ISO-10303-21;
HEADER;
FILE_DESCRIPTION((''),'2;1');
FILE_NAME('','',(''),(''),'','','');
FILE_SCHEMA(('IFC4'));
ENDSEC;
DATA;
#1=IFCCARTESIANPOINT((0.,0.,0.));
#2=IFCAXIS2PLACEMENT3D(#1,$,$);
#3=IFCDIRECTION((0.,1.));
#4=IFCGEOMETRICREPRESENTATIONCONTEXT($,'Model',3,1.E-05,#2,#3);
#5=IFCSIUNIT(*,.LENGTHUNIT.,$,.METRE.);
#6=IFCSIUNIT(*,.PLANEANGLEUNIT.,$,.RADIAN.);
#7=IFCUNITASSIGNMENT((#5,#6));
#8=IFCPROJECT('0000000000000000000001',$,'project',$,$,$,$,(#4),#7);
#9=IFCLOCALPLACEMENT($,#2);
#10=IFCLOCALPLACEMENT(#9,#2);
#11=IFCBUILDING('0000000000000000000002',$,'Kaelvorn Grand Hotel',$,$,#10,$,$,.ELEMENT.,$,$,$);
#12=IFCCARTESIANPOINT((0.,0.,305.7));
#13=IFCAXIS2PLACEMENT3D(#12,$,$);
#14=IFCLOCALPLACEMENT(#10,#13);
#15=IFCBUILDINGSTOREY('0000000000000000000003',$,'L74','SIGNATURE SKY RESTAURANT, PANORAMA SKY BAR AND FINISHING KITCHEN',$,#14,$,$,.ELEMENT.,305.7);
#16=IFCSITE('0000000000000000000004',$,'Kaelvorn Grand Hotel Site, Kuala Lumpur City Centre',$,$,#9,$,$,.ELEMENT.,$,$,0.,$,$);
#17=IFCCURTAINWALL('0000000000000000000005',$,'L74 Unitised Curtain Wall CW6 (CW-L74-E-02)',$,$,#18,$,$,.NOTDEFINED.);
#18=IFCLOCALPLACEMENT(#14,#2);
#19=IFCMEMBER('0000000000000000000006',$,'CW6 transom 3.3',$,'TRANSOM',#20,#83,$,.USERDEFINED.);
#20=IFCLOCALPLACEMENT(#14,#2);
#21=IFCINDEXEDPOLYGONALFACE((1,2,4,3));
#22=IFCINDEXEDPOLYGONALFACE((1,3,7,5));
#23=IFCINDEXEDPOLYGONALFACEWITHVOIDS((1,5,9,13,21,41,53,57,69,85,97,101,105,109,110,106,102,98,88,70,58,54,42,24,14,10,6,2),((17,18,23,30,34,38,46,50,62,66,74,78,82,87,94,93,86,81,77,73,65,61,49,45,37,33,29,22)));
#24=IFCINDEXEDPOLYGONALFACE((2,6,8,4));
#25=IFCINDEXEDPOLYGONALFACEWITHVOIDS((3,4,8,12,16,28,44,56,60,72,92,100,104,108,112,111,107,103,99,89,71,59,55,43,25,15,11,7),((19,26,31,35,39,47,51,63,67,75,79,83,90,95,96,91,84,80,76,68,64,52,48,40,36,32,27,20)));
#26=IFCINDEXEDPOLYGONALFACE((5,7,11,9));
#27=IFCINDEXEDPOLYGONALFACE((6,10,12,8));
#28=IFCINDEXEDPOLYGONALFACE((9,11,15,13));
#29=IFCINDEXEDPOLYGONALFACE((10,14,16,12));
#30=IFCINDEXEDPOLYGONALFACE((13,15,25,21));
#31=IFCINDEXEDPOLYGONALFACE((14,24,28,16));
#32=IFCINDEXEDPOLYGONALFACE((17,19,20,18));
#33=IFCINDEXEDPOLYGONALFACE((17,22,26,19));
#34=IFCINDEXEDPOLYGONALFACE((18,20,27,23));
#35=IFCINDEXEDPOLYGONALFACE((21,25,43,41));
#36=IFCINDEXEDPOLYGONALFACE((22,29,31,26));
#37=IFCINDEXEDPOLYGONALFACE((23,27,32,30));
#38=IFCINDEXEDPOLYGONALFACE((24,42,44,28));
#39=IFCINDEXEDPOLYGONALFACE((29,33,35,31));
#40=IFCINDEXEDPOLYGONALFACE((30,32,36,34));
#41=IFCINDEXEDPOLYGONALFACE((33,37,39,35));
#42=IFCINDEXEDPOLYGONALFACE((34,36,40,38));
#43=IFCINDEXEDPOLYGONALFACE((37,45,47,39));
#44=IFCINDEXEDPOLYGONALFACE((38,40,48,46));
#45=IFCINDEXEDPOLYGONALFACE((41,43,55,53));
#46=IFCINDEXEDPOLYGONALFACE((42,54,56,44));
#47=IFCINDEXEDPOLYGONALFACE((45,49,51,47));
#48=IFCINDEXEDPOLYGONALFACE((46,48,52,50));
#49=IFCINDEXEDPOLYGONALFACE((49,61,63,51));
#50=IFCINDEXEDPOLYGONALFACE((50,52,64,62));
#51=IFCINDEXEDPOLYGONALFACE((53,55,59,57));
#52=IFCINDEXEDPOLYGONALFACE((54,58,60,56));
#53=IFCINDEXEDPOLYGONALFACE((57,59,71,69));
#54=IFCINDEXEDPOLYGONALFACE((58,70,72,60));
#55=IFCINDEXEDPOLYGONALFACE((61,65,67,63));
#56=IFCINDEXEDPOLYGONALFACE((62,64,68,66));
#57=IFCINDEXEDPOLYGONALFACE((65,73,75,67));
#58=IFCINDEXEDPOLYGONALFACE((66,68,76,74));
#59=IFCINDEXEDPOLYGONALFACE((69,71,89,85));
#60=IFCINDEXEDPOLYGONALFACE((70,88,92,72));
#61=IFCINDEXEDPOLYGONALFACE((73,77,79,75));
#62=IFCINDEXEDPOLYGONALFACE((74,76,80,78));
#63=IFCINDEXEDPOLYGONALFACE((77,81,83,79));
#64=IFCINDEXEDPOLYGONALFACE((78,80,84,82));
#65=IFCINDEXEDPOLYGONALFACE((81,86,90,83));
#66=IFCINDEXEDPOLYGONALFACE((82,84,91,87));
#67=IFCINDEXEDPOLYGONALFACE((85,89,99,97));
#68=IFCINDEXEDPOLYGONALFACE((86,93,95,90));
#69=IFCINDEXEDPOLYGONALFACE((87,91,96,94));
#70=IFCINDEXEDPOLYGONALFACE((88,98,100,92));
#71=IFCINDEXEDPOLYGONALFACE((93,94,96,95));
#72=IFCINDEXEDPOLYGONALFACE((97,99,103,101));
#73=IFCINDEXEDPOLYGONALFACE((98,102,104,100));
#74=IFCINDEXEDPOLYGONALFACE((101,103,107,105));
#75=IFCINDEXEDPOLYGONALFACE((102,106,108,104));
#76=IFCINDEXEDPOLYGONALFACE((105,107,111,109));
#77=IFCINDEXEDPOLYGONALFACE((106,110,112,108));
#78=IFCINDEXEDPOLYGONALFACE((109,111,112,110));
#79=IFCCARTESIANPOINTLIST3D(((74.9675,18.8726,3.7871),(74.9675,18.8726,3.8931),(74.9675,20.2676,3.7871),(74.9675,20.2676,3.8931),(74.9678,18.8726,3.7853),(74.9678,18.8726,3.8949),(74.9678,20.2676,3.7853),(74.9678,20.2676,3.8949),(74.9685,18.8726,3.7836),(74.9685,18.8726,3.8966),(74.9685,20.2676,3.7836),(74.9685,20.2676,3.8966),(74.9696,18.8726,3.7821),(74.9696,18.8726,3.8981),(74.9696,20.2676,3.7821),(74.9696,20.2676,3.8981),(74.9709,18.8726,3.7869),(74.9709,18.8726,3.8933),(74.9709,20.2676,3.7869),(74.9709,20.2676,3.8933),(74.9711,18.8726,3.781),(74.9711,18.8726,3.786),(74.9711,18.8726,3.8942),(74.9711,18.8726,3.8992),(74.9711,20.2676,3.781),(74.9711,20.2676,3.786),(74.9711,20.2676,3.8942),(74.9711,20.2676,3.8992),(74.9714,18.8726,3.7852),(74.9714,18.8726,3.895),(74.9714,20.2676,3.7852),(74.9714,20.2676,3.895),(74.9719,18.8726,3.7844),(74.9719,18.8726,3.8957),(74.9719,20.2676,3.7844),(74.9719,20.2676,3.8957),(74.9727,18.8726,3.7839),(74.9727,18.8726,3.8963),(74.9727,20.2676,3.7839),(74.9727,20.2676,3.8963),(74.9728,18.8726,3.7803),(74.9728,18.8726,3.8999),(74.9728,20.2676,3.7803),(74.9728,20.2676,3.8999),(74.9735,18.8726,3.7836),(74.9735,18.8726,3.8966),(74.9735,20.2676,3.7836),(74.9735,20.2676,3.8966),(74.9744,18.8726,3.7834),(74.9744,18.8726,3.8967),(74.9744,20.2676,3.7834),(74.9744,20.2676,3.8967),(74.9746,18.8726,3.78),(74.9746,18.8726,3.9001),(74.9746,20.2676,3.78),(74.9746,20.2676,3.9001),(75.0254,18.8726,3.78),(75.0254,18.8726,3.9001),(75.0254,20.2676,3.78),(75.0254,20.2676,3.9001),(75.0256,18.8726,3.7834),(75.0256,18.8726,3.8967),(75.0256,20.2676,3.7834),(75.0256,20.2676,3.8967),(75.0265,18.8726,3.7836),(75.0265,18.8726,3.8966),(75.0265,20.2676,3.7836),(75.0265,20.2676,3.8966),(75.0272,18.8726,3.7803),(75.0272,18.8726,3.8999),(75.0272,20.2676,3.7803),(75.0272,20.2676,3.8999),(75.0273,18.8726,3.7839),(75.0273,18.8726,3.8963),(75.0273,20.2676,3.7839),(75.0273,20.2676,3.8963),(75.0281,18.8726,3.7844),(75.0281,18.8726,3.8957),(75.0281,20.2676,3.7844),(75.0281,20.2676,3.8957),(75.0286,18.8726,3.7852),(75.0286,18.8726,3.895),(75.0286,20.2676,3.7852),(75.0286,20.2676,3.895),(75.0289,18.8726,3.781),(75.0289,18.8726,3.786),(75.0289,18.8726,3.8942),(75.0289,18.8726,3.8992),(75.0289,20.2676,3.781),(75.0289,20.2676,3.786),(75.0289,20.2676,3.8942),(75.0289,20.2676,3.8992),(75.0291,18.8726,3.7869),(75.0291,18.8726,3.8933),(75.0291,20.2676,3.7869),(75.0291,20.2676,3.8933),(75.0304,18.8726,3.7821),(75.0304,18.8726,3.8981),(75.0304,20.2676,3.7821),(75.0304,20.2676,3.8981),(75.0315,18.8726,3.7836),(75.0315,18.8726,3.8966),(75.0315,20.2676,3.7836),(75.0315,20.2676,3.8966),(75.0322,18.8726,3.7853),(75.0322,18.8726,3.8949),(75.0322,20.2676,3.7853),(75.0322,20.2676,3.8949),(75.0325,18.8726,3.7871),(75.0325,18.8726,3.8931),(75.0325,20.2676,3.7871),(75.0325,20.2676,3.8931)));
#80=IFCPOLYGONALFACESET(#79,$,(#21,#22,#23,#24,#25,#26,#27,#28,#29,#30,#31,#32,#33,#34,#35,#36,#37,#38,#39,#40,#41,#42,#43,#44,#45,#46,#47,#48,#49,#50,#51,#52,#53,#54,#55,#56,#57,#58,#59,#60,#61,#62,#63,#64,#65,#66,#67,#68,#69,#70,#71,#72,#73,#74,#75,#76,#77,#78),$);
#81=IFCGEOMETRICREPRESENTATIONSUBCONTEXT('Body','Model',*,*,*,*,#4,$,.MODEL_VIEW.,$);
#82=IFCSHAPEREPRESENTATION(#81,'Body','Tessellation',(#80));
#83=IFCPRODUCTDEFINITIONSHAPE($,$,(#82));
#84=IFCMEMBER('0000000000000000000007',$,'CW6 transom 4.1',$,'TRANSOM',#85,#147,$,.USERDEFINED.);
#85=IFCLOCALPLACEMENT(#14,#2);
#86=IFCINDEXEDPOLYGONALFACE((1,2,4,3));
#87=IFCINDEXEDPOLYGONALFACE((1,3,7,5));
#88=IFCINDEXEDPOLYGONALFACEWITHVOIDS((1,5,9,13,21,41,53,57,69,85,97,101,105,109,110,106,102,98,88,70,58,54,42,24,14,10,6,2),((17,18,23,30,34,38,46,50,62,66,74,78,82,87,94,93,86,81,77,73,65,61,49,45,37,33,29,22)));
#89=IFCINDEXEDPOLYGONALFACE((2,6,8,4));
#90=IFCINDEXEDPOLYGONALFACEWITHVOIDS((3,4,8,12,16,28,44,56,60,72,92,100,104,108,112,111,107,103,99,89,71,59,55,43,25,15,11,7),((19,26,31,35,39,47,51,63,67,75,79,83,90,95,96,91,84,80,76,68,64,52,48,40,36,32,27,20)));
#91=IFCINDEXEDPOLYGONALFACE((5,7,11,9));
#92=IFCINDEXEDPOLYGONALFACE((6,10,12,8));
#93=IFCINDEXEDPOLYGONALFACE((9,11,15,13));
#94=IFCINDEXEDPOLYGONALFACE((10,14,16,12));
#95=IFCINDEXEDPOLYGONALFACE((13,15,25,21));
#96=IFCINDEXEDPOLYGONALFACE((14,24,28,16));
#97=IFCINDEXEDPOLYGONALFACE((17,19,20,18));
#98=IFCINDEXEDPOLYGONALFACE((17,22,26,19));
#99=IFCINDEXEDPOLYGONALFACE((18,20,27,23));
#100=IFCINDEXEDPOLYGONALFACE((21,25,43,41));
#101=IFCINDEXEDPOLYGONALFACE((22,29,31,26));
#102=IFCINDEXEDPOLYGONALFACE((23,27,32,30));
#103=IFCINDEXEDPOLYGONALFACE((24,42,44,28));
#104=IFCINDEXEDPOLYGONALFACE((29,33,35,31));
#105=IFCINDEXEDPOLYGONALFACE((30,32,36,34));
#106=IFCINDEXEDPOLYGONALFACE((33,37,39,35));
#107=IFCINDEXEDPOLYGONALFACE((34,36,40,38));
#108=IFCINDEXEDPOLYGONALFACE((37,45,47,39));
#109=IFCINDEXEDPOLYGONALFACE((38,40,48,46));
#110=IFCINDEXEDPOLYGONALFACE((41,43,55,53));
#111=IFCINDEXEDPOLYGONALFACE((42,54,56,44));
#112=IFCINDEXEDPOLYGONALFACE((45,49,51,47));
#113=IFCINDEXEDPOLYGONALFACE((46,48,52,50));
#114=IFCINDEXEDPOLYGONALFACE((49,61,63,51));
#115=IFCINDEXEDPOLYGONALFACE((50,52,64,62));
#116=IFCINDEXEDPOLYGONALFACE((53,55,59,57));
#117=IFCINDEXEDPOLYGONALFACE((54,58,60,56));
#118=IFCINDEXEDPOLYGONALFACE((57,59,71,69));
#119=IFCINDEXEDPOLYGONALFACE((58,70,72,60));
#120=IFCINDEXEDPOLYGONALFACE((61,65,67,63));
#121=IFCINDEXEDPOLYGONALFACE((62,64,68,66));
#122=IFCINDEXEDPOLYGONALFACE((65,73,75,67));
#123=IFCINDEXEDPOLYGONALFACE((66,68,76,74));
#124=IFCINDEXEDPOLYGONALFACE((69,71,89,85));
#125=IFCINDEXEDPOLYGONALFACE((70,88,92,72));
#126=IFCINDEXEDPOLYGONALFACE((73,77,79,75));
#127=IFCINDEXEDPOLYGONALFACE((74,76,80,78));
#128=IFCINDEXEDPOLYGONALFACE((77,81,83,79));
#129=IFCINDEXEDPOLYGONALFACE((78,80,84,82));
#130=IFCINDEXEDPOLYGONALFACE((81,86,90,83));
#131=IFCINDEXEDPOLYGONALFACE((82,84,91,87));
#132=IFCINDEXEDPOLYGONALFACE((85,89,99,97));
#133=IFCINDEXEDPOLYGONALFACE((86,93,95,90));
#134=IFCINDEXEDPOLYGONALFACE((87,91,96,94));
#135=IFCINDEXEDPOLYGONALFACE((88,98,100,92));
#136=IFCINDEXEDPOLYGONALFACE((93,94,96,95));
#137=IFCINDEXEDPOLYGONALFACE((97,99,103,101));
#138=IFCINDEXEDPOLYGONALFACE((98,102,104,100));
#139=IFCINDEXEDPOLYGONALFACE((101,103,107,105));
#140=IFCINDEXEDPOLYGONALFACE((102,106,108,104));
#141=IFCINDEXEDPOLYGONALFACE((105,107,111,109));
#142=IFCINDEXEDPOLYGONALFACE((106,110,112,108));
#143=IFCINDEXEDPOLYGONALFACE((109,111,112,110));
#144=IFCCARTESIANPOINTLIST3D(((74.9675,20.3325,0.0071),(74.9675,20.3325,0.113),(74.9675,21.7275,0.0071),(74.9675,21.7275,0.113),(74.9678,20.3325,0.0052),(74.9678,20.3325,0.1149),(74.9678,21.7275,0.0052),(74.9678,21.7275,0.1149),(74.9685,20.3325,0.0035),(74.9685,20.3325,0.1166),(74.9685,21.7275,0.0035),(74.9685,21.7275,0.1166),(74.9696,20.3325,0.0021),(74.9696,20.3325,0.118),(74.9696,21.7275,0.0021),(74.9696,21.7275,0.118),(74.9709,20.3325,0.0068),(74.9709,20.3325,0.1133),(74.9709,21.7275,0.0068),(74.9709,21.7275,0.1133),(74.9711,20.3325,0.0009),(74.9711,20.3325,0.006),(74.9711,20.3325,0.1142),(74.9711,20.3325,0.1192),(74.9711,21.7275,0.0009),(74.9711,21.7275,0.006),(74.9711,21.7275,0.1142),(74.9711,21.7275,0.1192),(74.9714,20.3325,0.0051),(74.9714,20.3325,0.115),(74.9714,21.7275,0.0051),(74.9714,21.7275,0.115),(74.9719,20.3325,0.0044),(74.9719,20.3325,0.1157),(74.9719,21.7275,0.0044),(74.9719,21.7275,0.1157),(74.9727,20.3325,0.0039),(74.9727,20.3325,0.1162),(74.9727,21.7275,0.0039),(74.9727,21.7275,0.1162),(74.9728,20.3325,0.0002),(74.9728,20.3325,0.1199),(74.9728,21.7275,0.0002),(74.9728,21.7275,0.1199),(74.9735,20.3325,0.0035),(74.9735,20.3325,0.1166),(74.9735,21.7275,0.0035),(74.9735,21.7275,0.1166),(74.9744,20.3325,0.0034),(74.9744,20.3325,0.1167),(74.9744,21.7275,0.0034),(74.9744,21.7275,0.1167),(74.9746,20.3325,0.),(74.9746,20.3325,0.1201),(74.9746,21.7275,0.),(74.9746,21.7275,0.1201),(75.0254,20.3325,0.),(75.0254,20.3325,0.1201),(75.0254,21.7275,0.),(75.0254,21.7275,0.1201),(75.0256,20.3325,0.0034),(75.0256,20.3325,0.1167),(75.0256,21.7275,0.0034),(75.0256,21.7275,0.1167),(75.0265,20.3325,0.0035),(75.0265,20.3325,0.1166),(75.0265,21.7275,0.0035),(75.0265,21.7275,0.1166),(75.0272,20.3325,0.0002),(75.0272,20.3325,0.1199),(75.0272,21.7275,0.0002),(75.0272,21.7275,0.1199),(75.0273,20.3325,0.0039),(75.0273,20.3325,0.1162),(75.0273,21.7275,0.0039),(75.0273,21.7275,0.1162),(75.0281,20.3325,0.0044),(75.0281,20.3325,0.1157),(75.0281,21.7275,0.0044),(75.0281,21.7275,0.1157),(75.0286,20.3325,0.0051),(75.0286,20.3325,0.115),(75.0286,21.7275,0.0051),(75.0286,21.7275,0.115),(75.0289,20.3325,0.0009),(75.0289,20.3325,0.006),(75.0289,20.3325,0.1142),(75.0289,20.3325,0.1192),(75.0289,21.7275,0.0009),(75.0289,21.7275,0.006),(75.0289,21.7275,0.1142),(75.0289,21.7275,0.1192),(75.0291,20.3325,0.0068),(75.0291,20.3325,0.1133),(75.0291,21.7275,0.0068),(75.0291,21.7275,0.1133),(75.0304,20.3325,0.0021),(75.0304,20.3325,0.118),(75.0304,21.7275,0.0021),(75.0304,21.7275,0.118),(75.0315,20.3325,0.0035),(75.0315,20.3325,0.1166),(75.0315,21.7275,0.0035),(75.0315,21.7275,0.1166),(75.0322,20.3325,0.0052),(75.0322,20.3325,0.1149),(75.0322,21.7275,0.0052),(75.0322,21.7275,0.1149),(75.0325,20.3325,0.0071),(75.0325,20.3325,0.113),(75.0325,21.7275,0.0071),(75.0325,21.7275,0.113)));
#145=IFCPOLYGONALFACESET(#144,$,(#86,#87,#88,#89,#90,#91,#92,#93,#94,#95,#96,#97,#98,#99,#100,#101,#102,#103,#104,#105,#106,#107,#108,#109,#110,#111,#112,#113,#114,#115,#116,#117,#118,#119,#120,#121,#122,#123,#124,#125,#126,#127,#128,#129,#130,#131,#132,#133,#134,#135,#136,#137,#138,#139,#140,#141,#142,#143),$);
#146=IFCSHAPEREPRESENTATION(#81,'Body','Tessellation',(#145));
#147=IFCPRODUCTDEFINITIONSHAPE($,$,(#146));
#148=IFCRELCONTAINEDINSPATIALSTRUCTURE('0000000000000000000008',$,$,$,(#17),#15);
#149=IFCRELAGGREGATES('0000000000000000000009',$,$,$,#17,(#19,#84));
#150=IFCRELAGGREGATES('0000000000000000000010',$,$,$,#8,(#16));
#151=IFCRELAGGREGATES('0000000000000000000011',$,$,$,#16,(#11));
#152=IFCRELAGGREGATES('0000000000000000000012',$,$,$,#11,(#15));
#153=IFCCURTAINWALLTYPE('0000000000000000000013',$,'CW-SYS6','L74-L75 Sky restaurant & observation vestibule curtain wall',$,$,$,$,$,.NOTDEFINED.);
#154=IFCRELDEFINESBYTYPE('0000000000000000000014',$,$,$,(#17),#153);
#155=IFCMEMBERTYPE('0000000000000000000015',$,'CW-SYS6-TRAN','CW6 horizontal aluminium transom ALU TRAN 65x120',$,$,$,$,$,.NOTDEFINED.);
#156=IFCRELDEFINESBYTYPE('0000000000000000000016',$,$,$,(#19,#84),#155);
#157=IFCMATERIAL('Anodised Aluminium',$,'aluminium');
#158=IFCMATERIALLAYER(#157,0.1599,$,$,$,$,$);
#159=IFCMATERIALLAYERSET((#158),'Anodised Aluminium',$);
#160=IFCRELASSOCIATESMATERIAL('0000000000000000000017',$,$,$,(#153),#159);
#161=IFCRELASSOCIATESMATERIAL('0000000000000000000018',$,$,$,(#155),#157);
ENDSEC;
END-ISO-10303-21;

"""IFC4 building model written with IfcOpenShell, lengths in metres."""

from ifc_helpers import new_model, si_unit, direction, frame, origin, origin_2d, place, context, subcontext, project, spatial, hollow_rectangle, extrude, material, layer, layer_set, material_profile, profile_set, type_object, element, aggregate, save


model = new_model("IFC4")

# Units and contexts
model_context = context("Model", 3, precision=1e-05, world=origin(), true_north=direction((0.0, 1.0)))
body_context = subcontext(model_context, "Body", "Model", "MODEL_VIEW")
ifc_project = project(units=[si_unit("LENGTHUNIT", "METRE"), si_unit("PLANEANGLEUNIT", "RADIAN")], contexts=[model_context])

# Site, building, storey
site_placement = place(None, origin())
site = spatial("IfcSite", under=ifc_project, at=site_placement, Name="Kaelvorn Grand Hotel Site, Kuala Lumpur City Centre", CompositionType="ELEMENT", RefElevation=0.0)
building_placement = place(site_placement, origin())
building = spatial("IfcBuilding", under=site, at=building_placement, Name="Kaelvorn Grand Hotel", CompositionType="ELEMENT")
storey_placement = place(building_placement, frame((0.0, 0.0, 305.7)))
storey = spatial("IfcBuildingStorey", under=building, at=storey_placement, Name="L74", Description="SIGNATURE SKY RESTAURANT, PANORAMA SKY BAR AND FINISHING KITCHEN", CompositionType="ELEMENT", Elevation=305.7)

# Curtain wall, members
ifc_material_1 = material(Name="Anodised Aluminium", Category="aluminium")
ifc_layer_1 = layer(ifc_material_1, 0.1599)
ifc_layer_set_1 = layer_set([ifc_layer_1], Name="Anodised Aluminium")
curtain_wall_type = type_object("IfcCurtainWallType", Name="CW-SYS6", Description="L74-L75 Sky restaurant & observation vestibule curtain wall", PredefinedType="NOTDEFINED", material=ifc_layer_set_1)
curtain_wall_placement = place(storey_placement, origin())
curtain_wall = element("IfcCurtainWall", 1, at=curtain_wall_placement, inside=storey, type_object=curtain_wall_type, Name="L74 Unitised Curtain Wall CW6 (CW-L74-E-02)", PredefinedType="NOTDEFINED")
ifc_material_profile_1 = material_profile(ifc_material_1, hollow_rectangle(XDim=0.0649, YDim=0.1201, WallThickness=0.0034, InnerFilletRadius=0.0034, OuterFilletRadius=0.0071, at=origin_2d()), Name="ALU TRAN 65x120")
ifc_profile_set_1 = profile_set([ifc_material_profile_1], Name="Anodised Aluminium")
member_type_1 = type_object("IfcMemberType", Name="CW-SYS6-TRAN", Description="CW6 horizontal aluminium transom ALU TRAN 65x120", PredefinedType="NOTDEFINED", material=ifc_profile_set_1)
member_1_placement = place(storey_placement, frame((75.0, 18.8726, 3.8401), z_axis=(0.0, 1.0, 0.0), x_axis=(-1.0, 0.0, 0.0)))
member_1 = element("IfcMember", 2, at=member_1_placement, type_object=member_type_1, Name="CW6 transom 3.3", ObjectType="TRANSOM", PredefinedType="USERDEFINED", context=body_context, shape_type="SweptSolid", body=[
    extrude(hollow_rectangle(XDim=0.0649, YDim=0.1201, WallThickness=0.0034, InnerFilletRadius=0.0034, OuterFilletRadius=0.0071, at=origin_2d()), origin(), (0.0, 0.0, 1.0), 1.395),
])
member_2_placement = place(storey_placement, frame((75.0, 20.3325, 0.0601), z_axis=(0.0, 1.0, 0.0), x_axis=(-1.0, 0.0, 0.0)))
member_2 = element("IfcMember", 3, at=member_2_placement, type_object=member_type_1, Name="CW6 transom 4.1", ObjectType="TRANSOM", PredefinedType="USERDEFINED", context=body_context, shape_type="SweptSolid", body=[
    extrude(hollow_rectangle(XDim=0.0649, YDim=0.1201, WallThickness=0.0034, InnerFilletRadius=0.0034, OuterFilletRadius=0.0071, at=origin_2d()), origin(), (0.0, 0.0, 1.0), 1.395),
])
aggregate(curtain_wall, [member_1, member_2])

save(model, "model.ifc")
